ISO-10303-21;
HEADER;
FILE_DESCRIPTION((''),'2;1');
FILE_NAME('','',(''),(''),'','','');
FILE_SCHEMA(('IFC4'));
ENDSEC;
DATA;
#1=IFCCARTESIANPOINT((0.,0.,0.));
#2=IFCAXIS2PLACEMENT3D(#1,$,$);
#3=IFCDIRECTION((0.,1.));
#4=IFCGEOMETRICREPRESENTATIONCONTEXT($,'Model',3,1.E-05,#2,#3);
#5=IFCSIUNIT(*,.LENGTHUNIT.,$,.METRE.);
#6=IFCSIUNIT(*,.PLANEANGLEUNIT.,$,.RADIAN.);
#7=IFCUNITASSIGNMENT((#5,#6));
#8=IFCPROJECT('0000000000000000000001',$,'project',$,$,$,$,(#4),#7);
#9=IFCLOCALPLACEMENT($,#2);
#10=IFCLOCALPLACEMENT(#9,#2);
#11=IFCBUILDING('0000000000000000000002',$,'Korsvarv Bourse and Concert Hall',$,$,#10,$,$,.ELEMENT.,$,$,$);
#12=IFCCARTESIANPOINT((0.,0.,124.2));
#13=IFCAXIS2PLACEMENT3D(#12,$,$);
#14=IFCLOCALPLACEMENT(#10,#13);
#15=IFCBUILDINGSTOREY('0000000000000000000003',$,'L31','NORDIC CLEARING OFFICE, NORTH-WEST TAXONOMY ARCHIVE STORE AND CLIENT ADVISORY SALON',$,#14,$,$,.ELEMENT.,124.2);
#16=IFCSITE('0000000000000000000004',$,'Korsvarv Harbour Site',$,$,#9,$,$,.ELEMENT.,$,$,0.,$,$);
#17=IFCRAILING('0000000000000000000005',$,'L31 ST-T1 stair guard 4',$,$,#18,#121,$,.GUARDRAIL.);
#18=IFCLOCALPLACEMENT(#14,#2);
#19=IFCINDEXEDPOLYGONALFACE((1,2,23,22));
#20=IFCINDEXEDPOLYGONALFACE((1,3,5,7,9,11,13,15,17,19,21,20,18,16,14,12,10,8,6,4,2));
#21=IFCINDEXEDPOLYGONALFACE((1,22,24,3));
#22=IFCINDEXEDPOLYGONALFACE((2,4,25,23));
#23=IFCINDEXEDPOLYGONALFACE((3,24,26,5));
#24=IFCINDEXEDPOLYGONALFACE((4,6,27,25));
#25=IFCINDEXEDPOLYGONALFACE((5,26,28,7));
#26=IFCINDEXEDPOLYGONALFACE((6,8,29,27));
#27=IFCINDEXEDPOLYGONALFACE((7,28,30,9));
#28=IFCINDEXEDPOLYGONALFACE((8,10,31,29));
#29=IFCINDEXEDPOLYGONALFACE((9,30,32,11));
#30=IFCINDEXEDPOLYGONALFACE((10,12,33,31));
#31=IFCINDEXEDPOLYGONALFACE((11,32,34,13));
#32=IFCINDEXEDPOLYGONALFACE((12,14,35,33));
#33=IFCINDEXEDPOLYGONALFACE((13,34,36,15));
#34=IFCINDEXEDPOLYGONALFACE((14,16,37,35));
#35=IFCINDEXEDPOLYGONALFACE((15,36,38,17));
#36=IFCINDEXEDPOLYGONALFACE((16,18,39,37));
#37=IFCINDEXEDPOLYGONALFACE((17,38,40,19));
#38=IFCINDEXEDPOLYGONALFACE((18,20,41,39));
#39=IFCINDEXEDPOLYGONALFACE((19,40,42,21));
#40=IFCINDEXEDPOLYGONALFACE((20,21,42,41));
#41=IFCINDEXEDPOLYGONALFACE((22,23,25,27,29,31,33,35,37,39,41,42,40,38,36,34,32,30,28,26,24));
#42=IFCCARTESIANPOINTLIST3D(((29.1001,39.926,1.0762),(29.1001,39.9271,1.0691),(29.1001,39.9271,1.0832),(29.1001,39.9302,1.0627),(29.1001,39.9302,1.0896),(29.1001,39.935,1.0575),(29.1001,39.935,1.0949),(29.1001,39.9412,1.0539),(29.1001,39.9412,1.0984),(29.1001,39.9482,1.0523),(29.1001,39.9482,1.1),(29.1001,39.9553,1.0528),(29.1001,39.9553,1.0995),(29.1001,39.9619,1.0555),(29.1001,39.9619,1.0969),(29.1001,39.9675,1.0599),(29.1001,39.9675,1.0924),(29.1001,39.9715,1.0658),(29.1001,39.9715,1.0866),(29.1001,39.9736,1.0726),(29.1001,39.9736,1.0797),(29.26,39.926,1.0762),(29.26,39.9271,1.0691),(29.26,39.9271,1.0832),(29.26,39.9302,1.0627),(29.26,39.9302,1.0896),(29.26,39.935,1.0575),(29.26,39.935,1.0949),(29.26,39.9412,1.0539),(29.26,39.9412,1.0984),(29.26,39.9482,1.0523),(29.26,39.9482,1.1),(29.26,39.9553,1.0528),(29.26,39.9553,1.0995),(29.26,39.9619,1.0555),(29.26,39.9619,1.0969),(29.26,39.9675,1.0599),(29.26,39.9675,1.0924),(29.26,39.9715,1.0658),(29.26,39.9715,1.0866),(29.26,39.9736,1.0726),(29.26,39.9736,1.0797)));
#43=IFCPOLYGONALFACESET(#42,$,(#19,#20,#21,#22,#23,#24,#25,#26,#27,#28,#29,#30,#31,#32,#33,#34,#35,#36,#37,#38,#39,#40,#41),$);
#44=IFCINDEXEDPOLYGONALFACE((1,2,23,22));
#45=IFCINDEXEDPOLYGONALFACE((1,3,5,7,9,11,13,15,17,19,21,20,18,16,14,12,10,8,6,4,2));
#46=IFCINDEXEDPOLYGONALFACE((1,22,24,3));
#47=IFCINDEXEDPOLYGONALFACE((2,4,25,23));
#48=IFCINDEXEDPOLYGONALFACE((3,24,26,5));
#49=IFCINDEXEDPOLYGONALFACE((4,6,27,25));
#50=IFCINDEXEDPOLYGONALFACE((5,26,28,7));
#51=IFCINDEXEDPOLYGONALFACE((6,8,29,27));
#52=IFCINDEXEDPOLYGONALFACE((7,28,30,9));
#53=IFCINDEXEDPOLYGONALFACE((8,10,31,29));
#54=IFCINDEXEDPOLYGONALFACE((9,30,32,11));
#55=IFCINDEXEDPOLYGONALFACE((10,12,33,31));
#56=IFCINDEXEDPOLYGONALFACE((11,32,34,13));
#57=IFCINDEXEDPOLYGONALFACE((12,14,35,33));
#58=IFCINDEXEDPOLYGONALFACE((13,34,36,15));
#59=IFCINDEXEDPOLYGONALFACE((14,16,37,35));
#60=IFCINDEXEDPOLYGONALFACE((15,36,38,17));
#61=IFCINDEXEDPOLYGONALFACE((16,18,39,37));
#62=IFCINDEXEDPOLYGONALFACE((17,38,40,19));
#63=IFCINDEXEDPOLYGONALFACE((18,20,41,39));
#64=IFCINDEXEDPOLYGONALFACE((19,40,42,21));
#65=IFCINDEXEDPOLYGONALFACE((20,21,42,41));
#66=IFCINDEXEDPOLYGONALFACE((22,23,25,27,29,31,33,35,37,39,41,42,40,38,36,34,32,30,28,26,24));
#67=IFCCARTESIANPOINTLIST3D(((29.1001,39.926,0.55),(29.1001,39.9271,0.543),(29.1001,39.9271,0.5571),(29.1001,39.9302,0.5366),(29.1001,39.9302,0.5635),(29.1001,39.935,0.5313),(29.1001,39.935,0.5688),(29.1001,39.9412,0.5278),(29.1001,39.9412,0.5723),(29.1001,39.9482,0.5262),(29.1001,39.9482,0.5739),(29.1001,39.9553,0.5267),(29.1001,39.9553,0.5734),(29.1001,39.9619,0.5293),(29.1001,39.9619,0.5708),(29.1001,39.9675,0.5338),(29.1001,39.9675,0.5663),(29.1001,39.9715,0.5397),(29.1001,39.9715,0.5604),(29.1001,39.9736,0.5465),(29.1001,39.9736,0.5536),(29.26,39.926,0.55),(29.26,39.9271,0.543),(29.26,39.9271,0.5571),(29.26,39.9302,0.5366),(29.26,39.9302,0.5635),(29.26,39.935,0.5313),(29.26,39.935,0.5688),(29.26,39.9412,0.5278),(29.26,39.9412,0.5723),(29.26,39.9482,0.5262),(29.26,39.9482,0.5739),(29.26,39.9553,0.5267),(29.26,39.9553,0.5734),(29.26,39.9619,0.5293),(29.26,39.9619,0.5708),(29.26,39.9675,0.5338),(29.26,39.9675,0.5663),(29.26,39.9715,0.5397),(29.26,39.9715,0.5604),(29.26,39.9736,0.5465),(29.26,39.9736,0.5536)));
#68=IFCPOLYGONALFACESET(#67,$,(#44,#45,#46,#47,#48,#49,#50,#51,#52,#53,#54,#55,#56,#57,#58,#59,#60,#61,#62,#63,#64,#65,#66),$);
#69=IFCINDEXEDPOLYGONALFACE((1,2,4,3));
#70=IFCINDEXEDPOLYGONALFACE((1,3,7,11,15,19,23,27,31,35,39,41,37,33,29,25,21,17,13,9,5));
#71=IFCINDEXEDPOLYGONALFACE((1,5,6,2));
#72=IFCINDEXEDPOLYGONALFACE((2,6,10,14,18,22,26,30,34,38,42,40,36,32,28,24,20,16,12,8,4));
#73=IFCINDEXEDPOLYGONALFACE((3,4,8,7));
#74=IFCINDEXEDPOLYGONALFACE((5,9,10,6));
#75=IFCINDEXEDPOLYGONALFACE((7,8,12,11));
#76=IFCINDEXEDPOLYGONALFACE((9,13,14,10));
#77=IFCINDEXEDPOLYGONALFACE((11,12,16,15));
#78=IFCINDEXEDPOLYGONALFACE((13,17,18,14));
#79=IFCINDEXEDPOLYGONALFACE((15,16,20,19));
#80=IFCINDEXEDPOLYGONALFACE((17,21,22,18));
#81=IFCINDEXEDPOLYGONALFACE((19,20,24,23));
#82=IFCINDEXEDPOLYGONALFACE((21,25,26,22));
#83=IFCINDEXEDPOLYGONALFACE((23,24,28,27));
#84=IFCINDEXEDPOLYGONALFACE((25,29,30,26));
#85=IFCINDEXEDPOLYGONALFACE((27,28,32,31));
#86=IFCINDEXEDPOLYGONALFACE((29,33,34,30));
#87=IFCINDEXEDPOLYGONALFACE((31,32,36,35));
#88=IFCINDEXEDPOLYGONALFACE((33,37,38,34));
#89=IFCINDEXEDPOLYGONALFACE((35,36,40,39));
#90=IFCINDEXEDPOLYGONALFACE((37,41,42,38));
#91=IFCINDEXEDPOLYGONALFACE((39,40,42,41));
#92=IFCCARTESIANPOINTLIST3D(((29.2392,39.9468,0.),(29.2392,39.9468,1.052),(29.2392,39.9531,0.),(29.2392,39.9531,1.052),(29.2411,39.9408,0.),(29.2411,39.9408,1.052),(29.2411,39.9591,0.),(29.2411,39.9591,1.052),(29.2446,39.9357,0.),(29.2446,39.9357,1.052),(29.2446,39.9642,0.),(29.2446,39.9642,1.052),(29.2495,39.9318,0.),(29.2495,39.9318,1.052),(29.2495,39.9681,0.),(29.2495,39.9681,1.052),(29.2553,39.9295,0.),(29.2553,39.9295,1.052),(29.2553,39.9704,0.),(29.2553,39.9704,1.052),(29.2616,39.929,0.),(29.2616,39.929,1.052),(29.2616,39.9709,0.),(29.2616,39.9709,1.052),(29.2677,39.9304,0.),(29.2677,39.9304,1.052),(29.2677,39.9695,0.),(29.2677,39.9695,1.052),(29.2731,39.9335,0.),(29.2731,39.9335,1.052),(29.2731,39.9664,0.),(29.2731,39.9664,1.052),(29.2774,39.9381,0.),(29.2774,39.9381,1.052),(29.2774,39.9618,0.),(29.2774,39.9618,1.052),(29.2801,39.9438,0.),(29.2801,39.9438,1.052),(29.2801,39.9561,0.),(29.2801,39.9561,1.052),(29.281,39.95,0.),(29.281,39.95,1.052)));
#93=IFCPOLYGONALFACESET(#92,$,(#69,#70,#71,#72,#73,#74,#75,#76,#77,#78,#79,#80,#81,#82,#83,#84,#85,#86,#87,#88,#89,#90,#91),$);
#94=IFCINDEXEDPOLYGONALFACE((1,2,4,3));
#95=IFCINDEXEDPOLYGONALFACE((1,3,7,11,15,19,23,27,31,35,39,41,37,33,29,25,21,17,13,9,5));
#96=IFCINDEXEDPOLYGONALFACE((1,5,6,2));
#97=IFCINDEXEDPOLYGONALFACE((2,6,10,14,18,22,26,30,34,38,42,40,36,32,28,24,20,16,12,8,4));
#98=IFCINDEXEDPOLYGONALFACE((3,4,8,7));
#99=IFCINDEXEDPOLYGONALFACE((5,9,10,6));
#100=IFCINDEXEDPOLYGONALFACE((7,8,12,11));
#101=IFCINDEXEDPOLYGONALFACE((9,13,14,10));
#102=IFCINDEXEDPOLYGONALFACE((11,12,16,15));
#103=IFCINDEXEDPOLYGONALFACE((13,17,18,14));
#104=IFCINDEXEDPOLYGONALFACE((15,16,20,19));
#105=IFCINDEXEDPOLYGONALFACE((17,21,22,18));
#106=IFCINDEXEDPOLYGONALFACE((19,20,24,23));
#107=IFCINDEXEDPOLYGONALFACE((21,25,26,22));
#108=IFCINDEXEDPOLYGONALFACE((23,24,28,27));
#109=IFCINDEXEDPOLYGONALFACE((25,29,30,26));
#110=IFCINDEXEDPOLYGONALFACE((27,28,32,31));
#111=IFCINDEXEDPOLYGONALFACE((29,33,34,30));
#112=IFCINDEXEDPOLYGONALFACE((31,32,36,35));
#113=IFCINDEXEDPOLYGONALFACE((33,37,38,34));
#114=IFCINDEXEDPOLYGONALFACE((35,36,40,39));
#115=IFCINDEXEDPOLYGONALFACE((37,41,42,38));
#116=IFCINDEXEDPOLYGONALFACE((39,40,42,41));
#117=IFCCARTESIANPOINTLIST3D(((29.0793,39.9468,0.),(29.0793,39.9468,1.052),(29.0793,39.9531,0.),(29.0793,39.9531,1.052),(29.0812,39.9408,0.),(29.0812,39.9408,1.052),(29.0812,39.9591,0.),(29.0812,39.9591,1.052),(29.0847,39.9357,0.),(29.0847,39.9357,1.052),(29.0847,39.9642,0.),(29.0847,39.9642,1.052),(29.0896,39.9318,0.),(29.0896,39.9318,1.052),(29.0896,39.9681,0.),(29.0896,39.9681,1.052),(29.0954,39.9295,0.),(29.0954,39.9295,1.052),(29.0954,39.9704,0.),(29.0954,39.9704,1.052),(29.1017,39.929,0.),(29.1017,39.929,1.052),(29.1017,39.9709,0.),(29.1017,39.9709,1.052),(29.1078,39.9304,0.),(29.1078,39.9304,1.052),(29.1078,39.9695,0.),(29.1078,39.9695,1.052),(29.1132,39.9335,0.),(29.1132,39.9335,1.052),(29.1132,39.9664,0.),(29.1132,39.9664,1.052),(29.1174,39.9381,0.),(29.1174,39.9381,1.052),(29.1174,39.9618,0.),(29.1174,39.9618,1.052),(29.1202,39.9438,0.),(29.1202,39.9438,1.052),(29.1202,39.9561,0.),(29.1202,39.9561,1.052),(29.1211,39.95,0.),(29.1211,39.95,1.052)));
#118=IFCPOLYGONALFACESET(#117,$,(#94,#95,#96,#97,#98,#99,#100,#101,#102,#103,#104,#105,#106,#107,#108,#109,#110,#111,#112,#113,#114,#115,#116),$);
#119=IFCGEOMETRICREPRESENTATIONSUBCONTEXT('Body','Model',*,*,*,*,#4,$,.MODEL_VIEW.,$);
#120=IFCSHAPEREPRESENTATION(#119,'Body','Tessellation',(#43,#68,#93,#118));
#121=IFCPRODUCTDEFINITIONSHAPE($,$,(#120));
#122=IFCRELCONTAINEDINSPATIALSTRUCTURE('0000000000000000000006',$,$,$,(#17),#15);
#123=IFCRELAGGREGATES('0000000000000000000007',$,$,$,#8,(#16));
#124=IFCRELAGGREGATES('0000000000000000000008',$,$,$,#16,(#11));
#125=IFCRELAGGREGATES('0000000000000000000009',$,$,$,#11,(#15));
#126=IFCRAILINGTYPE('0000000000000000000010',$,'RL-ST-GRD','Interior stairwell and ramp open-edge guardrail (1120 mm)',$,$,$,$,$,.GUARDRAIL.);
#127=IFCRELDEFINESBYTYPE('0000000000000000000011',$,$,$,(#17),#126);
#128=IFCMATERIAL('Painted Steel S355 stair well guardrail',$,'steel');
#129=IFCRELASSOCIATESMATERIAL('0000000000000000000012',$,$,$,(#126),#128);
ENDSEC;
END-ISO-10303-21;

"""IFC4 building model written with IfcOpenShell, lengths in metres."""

from ifc_helpers import new_model, si_unit, direction, frame, origin, origin_2d, place, context, subcontext, project, spatial, circle, extrude, material, type_object, element, save


model = new_model("IFC4")

# Units and contexts
model_context = context("Model", 3, precision=1e-05, world=origin(), true_north=direction((0.0, 1.0)))
body_context = subcontext(model_context, "Body", "Model", "MODEL_VIEW")
ifc_project = project(units=[si_unit("LENGTHUNIT", "METRE"), si_unit("PLANEANGLEUNIT", "RADIAN")], contexts=[model_context])

# Site, building, storey
site_placement = place(None, origin())
site = spatial("IfcSite", under=ifc_project, at=site_placement, Name="Korsvarv Harbour Site", CompositionType="ELEMENT", RefElevation=0.0)
building_placement = place(site_placement, origin())
building = spatial("IfcBuilding", under=site, at=building_placement, Name="Korsvarv Bourse and Concert Hall", CompositionType="ELEMENT")
storey_placement = place(building_placement, frame((0.0, 0.0, 124.2)))
storey = spatial("IfcBuildingStorey", under=building, at=storey_placement, Name="L31", Description="NORDIC CLEARING OFFICE, NORTH-WEST TAXONOMY ARCHIVE STORE AND CLIENT ADVISORY SALON", CompositionType="ELEMENT", Elevation=124.2)

# Railing
ifc_material_1 = material(Name="Painted Steel S355 stair well guardrail", Category="steel")
railing_type_1 = type_object("IfcRailingType", Name="RL-ST-GRD", Description="Interior stairwell and ramp open-edge guardrail (1120 mm)", PredefinedType="GUARDRAIL", material=ifc_material_1)
railing_1_placement = place(storey_placement, frame((29.26, 39.95, 0.0)))
element("IfcRailing", 1, at=railing_1_placement, inside=storey, type_object=railing_type_1, Name="L31 ST-T1 stair guard 4", PredefinedType="GUARDRAIL", context=body_context, shape_type="SweptSolid", body=[
    extrude(circle(Radius=0.0239, at=origin_2d()), frame((0.0, 0.0, 1.0762), z_axis=(-1.0, 0.0, 0.0), x_axis=(0.0, -1.0, 0.0)), (0.0, 0.0, 1.0), 0.1599),
    extrude(circle(Radius=0.0239, at=origin_2d()), frame((0.0, 0.0, 0.55), z_axis=(-1.0, 0.0, 0.0), x_axis=(0.0, -1.0, 0.0)), (0.0, 0.0, 1.0), 0.1599),
    extrude(circle(Radius=0.021, at=origin_2d()), origin(), (0.0, 0.0, 1.0), 1.052),
    extrude(circle(Radius=0.021, at=origin_2d()), frame((-0.1599, 0.0, 0.0)), (0.0, 0.0, 1.0), 1.052),
])

save(model, "model.ifc")
